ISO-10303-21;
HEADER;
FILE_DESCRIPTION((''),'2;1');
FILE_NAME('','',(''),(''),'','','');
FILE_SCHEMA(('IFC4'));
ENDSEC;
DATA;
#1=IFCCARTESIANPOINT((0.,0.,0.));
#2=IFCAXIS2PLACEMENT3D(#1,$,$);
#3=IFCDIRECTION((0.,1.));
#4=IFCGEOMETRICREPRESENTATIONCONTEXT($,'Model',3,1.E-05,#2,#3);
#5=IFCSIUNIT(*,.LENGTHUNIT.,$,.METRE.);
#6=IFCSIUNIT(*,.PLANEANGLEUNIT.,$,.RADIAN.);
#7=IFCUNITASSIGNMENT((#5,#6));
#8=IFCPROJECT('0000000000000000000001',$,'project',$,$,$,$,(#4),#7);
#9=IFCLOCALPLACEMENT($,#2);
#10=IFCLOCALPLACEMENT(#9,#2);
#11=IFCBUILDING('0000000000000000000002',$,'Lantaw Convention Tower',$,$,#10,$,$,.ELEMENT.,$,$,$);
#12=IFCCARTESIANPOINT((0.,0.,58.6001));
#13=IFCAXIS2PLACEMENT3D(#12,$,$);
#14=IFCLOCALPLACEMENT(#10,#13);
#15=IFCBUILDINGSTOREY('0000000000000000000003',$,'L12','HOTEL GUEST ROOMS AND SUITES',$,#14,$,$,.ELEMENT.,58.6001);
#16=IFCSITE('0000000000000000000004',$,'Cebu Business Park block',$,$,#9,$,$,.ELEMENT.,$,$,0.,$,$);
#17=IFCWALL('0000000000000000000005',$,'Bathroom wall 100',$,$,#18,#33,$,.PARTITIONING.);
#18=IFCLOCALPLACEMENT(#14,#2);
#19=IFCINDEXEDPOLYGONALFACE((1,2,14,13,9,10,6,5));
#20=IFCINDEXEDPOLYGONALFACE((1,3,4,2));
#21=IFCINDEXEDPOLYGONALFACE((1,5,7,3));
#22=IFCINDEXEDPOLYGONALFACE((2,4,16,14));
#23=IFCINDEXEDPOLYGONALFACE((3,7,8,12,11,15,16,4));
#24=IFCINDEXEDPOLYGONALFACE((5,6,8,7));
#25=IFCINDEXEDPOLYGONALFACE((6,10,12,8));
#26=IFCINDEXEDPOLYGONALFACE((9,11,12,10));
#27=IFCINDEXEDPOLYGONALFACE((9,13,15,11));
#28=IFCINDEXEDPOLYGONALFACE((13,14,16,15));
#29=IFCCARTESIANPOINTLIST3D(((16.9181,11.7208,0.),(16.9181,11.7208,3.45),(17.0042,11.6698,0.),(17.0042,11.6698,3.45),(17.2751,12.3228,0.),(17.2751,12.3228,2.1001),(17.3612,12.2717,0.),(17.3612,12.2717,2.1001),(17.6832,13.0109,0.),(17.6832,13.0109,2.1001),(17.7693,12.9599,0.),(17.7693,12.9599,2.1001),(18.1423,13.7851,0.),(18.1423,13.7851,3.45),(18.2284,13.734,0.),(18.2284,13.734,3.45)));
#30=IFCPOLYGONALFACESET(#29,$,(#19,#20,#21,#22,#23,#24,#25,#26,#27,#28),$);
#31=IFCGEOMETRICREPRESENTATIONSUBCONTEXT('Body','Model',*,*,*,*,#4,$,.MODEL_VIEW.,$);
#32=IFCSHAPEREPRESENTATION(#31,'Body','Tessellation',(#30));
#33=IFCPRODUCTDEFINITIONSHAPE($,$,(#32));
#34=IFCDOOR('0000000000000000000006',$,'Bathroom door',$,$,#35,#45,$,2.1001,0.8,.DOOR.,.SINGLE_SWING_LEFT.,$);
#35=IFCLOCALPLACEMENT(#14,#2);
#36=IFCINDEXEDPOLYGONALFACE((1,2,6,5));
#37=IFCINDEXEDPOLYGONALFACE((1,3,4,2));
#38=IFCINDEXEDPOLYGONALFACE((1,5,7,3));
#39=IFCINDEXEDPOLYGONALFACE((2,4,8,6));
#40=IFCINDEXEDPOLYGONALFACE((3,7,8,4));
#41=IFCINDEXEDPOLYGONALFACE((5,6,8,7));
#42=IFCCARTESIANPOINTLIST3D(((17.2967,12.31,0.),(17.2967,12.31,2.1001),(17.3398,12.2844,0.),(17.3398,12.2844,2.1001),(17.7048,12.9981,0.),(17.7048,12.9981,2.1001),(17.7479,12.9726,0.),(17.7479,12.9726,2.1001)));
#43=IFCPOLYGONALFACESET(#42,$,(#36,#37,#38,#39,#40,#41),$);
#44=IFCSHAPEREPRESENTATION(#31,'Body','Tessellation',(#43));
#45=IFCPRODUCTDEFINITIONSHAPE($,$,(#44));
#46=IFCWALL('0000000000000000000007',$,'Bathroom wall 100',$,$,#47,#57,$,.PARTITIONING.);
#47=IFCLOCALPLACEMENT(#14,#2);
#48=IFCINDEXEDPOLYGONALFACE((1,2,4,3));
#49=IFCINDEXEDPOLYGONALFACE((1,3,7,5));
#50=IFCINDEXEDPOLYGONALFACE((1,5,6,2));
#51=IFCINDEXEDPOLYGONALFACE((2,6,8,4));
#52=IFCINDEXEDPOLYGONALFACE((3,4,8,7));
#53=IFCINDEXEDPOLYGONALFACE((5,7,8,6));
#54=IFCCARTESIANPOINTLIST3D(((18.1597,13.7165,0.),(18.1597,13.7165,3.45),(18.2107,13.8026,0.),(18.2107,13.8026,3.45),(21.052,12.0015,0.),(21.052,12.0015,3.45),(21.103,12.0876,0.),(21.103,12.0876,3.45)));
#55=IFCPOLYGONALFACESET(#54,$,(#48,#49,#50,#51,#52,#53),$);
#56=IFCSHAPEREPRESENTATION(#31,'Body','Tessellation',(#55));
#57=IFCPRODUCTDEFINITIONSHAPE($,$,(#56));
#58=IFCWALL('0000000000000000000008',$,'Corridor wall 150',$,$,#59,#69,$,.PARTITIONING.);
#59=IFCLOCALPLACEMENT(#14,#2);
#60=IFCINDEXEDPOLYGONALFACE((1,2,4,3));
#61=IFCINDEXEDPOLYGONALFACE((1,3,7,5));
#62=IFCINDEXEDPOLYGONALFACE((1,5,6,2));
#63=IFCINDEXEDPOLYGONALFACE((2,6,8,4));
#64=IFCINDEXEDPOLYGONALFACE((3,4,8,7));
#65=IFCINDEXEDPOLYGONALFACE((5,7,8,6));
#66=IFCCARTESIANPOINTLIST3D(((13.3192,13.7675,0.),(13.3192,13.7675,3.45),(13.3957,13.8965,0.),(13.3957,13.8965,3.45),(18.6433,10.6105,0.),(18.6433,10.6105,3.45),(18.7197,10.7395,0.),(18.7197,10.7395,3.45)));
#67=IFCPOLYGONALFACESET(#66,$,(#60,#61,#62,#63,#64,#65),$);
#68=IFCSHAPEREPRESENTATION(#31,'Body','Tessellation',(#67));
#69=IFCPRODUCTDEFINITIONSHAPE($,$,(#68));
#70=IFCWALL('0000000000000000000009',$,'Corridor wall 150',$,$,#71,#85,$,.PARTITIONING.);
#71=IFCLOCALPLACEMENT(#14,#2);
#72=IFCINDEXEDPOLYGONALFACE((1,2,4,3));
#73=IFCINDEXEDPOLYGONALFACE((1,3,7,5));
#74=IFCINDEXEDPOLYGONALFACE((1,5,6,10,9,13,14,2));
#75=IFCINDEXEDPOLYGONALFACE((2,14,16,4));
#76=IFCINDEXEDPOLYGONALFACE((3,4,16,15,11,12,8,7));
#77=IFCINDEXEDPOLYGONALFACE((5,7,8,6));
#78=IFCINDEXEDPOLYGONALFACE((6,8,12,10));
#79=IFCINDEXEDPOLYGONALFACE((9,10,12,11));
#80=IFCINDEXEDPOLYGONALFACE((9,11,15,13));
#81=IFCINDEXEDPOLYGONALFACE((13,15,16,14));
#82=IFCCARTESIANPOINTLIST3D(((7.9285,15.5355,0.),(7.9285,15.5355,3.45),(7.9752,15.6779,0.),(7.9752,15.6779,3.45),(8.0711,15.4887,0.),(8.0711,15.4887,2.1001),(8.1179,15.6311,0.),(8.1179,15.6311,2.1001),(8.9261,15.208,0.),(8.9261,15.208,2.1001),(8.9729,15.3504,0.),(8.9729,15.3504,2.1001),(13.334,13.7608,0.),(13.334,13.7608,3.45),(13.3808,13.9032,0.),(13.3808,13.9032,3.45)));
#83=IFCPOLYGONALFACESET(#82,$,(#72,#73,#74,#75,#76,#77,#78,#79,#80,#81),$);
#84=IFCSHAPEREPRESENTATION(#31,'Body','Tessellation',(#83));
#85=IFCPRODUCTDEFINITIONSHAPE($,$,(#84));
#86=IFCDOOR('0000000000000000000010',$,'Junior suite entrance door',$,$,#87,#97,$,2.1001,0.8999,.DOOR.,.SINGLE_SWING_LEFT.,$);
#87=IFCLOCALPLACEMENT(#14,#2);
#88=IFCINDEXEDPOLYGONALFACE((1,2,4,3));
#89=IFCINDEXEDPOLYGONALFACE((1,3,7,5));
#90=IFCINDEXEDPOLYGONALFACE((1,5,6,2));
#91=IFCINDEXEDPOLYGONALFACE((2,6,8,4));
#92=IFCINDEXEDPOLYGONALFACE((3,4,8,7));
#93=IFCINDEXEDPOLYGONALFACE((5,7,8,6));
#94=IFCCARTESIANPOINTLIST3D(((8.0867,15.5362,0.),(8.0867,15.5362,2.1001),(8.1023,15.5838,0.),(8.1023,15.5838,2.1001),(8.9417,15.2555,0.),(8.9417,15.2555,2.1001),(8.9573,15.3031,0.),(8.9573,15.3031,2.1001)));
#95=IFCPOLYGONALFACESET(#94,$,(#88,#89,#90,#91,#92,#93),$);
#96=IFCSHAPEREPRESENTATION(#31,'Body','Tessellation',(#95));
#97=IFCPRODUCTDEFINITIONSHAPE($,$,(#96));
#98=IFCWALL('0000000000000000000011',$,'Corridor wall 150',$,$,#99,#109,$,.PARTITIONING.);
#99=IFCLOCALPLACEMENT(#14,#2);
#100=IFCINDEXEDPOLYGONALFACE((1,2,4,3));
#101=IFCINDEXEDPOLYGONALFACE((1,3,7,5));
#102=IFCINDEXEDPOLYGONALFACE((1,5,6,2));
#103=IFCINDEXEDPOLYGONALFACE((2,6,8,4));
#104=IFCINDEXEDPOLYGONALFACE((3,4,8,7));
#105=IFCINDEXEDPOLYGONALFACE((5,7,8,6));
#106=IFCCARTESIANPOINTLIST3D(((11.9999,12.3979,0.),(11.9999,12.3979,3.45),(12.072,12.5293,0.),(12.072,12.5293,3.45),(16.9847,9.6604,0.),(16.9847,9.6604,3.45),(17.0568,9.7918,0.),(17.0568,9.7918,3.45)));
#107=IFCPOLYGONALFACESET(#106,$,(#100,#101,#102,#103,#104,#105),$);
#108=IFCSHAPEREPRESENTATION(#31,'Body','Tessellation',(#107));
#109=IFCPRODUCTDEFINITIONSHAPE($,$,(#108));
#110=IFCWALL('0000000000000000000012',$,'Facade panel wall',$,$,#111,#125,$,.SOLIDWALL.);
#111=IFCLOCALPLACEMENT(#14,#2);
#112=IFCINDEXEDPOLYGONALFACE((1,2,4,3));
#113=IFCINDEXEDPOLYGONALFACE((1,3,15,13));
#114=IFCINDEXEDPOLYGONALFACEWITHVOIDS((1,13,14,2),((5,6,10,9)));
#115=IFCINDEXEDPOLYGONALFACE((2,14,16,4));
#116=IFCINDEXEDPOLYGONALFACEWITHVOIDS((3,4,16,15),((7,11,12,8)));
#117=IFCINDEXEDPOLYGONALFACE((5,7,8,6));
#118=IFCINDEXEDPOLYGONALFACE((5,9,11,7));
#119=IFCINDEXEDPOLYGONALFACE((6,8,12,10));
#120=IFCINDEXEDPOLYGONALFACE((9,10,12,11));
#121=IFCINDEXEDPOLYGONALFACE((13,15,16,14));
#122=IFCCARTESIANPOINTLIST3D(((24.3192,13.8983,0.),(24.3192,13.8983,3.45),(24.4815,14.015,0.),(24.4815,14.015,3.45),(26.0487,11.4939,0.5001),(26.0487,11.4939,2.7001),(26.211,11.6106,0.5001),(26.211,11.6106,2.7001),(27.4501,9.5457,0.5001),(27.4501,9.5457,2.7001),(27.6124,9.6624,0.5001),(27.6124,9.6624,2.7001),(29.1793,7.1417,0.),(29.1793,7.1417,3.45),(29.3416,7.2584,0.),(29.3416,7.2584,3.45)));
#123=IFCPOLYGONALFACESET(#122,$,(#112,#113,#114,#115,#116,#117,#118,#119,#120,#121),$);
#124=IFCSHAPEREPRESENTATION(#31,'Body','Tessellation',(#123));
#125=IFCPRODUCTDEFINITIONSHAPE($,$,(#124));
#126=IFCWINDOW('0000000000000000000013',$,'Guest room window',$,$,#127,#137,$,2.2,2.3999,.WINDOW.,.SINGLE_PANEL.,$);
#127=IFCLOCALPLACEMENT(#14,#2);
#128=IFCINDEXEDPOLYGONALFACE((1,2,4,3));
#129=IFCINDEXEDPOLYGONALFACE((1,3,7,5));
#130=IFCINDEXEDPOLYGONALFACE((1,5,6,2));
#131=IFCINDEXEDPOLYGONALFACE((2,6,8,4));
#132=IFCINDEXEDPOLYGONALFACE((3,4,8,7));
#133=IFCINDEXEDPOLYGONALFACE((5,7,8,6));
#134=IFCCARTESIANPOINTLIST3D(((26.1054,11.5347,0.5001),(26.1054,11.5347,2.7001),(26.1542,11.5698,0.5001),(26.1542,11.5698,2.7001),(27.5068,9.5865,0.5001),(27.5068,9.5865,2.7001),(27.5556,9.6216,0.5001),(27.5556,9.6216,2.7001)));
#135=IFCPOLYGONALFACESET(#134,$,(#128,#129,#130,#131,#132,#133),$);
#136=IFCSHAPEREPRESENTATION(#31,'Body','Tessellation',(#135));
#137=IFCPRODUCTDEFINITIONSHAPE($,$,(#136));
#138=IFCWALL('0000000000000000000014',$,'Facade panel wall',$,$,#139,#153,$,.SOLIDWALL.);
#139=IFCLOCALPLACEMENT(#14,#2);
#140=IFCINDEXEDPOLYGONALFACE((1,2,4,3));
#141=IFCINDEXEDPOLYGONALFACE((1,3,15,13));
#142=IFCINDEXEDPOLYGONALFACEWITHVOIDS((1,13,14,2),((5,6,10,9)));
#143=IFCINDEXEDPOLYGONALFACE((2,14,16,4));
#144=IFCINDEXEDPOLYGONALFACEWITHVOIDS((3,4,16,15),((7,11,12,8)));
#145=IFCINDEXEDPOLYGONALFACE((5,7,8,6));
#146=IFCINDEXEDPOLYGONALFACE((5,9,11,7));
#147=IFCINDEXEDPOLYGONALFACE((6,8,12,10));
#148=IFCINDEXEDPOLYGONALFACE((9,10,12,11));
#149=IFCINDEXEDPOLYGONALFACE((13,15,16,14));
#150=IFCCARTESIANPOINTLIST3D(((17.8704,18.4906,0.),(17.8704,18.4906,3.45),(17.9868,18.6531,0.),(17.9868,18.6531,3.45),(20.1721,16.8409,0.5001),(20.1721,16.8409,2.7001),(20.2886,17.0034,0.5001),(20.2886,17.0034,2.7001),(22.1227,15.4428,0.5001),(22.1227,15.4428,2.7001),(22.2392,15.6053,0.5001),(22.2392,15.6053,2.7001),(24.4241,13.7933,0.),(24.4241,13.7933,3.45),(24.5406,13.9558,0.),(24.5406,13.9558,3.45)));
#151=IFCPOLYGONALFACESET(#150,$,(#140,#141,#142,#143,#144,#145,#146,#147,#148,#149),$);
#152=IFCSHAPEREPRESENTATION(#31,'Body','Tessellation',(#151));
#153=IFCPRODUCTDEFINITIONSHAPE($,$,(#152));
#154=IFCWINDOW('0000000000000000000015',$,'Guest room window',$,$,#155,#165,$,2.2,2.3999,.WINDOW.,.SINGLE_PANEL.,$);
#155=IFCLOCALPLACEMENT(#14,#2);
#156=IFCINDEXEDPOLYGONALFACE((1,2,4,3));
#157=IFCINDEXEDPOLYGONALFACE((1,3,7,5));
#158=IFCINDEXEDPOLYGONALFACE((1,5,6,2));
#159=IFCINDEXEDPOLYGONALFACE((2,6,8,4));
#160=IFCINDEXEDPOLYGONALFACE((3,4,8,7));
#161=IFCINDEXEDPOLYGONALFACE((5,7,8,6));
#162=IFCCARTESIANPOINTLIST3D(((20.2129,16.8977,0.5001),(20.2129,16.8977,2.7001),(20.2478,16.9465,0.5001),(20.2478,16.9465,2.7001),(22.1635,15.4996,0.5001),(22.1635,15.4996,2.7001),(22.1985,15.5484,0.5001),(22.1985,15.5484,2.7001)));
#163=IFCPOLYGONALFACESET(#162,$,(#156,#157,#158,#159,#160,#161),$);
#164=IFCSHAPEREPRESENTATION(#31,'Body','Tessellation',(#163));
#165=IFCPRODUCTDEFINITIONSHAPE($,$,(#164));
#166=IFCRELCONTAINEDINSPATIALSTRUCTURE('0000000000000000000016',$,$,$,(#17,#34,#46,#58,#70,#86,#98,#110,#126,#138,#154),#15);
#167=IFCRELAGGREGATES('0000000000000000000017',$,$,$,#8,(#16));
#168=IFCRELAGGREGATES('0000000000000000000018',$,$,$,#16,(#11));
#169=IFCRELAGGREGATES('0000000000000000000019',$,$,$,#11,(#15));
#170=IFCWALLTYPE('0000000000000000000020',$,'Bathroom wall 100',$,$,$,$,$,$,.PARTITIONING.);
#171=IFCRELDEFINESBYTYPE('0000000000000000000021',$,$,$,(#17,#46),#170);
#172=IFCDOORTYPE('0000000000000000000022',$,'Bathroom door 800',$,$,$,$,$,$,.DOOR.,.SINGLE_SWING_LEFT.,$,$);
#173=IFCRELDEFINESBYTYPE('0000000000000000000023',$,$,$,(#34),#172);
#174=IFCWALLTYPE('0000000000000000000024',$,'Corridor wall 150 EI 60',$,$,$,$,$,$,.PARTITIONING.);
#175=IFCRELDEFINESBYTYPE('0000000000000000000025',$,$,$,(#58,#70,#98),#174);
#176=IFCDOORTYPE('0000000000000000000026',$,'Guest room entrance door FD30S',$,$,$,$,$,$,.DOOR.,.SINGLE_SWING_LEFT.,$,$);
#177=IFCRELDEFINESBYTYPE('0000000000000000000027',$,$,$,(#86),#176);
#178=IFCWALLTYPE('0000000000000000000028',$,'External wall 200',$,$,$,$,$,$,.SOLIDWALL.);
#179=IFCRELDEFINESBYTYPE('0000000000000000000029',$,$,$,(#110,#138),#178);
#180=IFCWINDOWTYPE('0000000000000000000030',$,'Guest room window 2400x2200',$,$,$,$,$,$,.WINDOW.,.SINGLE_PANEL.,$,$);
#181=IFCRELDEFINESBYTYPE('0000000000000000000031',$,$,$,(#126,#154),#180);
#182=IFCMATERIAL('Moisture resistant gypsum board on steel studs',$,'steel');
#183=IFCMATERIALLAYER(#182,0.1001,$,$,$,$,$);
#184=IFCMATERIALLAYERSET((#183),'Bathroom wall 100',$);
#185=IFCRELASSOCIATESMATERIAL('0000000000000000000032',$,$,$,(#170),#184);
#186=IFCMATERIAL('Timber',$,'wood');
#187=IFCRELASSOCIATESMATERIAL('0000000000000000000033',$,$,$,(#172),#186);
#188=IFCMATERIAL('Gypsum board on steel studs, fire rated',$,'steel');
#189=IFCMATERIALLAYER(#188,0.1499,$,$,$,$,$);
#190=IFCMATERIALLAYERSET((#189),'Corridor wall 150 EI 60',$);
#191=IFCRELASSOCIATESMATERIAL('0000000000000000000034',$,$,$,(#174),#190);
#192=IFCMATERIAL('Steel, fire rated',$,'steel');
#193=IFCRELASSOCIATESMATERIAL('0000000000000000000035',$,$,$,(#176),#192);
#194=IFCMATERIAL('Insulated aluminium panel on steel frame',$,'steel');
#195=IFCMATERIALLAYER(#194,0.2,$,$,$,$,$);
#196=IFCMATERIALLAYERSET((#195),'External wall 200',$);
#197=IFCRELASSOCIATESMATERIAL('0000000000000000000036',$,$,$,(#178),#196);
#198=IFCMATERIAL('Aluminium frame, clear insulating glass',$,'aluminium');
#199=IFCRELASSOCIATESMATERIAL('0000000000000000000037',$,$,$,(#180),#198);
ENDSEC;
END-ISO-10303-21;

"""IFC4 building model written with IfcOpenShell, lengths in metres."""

from ifc_helpers import new_model, si_unit, direction, frame, frame_2d, origin, place, context, subcontext, project, spatial, rectangle, extrude, material, layer, layer_set, type_object, element, fill, save


model = new_model("IFC4")

# Units and contexts
model_context = context("Model", 3, precision=1e-05, world=origin(), true_north=direction((0.0, 1.0)))
body_context = subcontext(model_context, "Body", "Model", "MODEL_VIEW")
ifc_project = project(units=[si_unit("LENGTHUNIT", "METRE"), si_unit("PLANEANGLEUNIT", "RADIAN")], contexts=[model_context])

# Site, building, storey
site_placement = place(None, origin())
site = spatial("IfcSite", under=ifc_project, at=site_placement, Name="Cebu Business Park block", CompositionType="ELEMENT", RefElevation=0.0)
building_placement = place(site_placement, origin())
building = spatial("IfcBuilding", under=site, at=building_placement, Name="Lantaw Convention Tower", CompositionType="ELEMENT")
storey_placement = place(building_placement, frame((0.0, 0.0, 58.6001)))
storey = spatial("IfcBuildingStorey", under=building, at=storey_placement, Name="L12", Description="HOTEL GUEST ROOMS AND SUITES", CompositionType="ELEMENT", Elevation=58.6001)

# Wall, opening, door
ifc_material_1 = material(Name="Moisture resistant gypsum board on steel studs", Category="steel")
ifc_layer_1 = layer(ifc_material_1, 0.1001)
ifc_layer_set_1 = layer_set([ifc_layer_1], Name="Bathroom wall 100")
wall_type_1 = type_object("IfcWallType", Name="Bathroom wall 100", PredefinedType="PARTITIONING", material=ifc_layer_set_1)
wall_1_placement = place(storey_placement, frame((16.9612, 11.6953, 0.0), z_axis=(0.0, 0.0, 1.0), x_axis=(0.510076, 0.86013, 0.0)))
wall_1 = element("IfcWall", 1, at=wall_1_placement, inside=storey, type_object=wall_type_1, Name="Bathroom wall 100", PredefinedType="PARTITIONING", context=body_context, shape_type="SweptSolid", body=[
    extrude(rectangle(XDim=2.3999, YDim=0.1001, at=frame_2d((1.2, 0.0))), origin(), (0.0, 0.0, 1.0), 3.45),
])
opening_1_placement = place(wall_1_placement, frame((0.7, 0.0, 0.0)))
opening_1 = element("IfcOpeningElement", 2, at=opening_1_placement, cuts=wall_1, PredefinedType="OPENING", context=body_context, shape_type="SweptSolid", body=[
    extrude(rectangle(XDim=0.8, YDim=2.1001, at=frame_2d((0.3999, 1.05))), frame((0.0, 0.0601, 0.0), z_axis=(0.0, -1.0, 0.0), x_axis=(1.0, 0.0, 0.0)), (0.0, 0.0, 1.0), 0.1201),
])
ifc_material_2 = material(Name="Timber", Category="wood")
door_type_1 = type_object("IfcDoorType", Name="Bathroom door 800", OperationType="SINGLE_SWING_LEFT", PredefinedType="DOOR", material=ifc_material_2)
door_1_placement = place(opening_1_placement, origin())
door_1 = element("IfcDoor", 3, at=door_1_placement, inside=storey, type_object=door_type_1, Name="Bathroom door", OperationType="SINGLE_SWING_LEFT", OverallHeight=2.1001, OverallWidth=0.8, PredefinedType="DOOR", context=body_context, shape_type="SweptSolid", body=[
    extrude(rectangle(XDim=0.8, YDim=2.1001, at=frame_2d((0.3999, 1.05))), frame((0.0, 0.0249, 0.0), z_axis=(0.0, -1.0, 0.0), x_axis=(1.0, 0.0, 0.0)), (0.0, 0.0, 1.0), 0.05),
])
fill(opening_1, door_1)

# Walls
wall_2_placement = place(storey_placement, frame((18.1853, 13.7595, 0.0), z_axis=(0.0, 0.0, 1.0), x_axis=(0.860146, -0.510047, 0.0)))
element("IfcWall", 4, at=wall_2_placement, inside=storey, type_object=wall_type_1, Name="Bathroom wall 100", PredefinedType="PARTITIONING", context=body_context, shape_type="SweptSolid", body=[
    extrude(rectangle(XDim=3.3625, YDim=0.1001, at=frame_2d((1.6812, 0.0))), origin(), (0.0, 0.0, 1.0), 3.45),
])
ifc_material_3 = material(Name="Gypsum board on steel studs, fire rated", Category="steel")
ifc_layer_2 = layer(ifc_material_3, 0.1499)
ifc_layer_set_2 = layer_set([ifc_layer_2], Name="Corridor wall 150 EI 60")
wall_type_2 = type_object("IfcWallType", Name="Corridor wall 150 EI 60", PredefinedType="PARTITIONING", material=ifc_layer_set_2)
wall_3_placement = place(storey_placement, frame((18.6814, 10.675, 0.0), z_axis=(0.0, 0.0, 1.0), x_axis=(-0.860147, 0.510046, 0.0)))
element("IfcWall", 5, at=wall_3_placement, inside=storey, type_object=wall_type_2, Name="Corridor wall 150", PredefinedType="PARTITIONING", context=body_context, shape_type="SweptSolid", body=[
    extrude(rectangle(XDim=6.1897, YDim=0.1499, at=frame_2d((3.0947, 0.0))), origin(), (0.0, 0.0, 1.0), 3.45),
])

# Wall, opening, door
wall_4_placement = place(storey_placement, frame((13.3574, 13.832, 0.0), z_axis=(0.0, 0.0, 1.0), x_axis=(-0.950107, 0.311925, 0.0)))
wall_4 = element("IfcWall", 6, at=wall_4_placement, inside=storey, type_object=wall_type_2, Name="Corridor wall 150", PredefinedType="PARTITIONING", context=body_context, shape_type="SweptSolid", body=[
    extrude(rectangle(XDim=5.6895, YDim=0.1499, at=frame_2d((2.8447, 0.0))), origin(), (0.0, 0.0, 1.0), 3.45),
])
opening_2_placement = place(wall_4_placement, frame((4.6394, 0.0, 0.0)))
opening_2 = element("IfcOpeningElement", 7, at=opening_2_placement, cuts=wall_4, PredefinedType="OPENING", context=body_context, shape_type="SweptSolid", body=[
    extrude(rectangle(XDim=0.8999, YDim=2.1001, at=frame_2d((0.45, 1.05))), frame((0.0, 0.085, 0.0), z_axis=(0.0, -1.0, 0.0), x_axis=(1.0, 0.0, 0.0)), (0.0, 0.0, 1.0), 0.1699),
])
ifc_material_4 = material(Name="Steel, fire rated", Category="steel")
door_type_2 = type_object("IfcDoorType", Name="Guest room entrance door FD30S", OperationType="SINGLE_SWING_LEFT", PredefinedType="DOOR", material=ifc_material_4)
door_2_placement = place(opening_2_placement, origin())
door_2 = element("IfcDoor", 8, at=door_2_placement, inside=storey, type_object=door_type_2, Name="Junior suite entrance door", OperationType="SINGLE_SWING_LEFT", OverallHeight=2.1001, OverallWidth=0.8999, PredefinedType="DOOR", context=body_context, shape_type="SweptSolid", body=[
    extrude(rectangle(XDim=0.8999, YDim=2.1001, at=frame_2d((0.45, 1.05))), frame((0.0, 0.0249, 0.0), z_axis=(0.0, -1.0, 0.0), x_axis=(1.0, 0.0, 0.0)), (0.0, 0.0, 1.0), 0.05),
])
fill(opening_2, door_2)

# Wall
wall_5_placement = place(storey_placement, frame((17.0208, 9.7261, 0.0), z_axis=(0.0, 0.0, 1.0), x_axis=(-0.876522, 0.481362, 0.0)))
element("IfcWall", 9, at=wall_5_placement, inside=storey, type_object=wall_type_2, Name="Corridor wall 150", PredefinedType="PARTITIONING", context=body_context, shape_type="SweptSolid", body=[
    extrude(rectangle(XDim=5.687, YDim=0.1499, at=frame_2d((2.8435, 0.0))), origin(), (0.0, 0.0, 1.0), 3.45),
])

# Walls, openings, windows
ifc_material_5 = material(Name="Insulated aluminium panel on steel frame", Category="steel")
ifc_layer_3 = layer(ifc_material_5, 0.2)
ifc_layer_set_3 = layer_set([ifc_layer_3], Name="External wall 200")
wall_type_3 = type_object("IfcWallType", Name="External wall 200", PredefinedType="SOLIDWALL", material=ifc_layer_set_3)
wall_6_placement = place(storey_placement, frame((29.2605, 7.2, 0.0), z_axis=(0.0, 0.0, 1.0), x_axis=(-0.583938, 0.811799, 0.0)))
wall_6 = element("IfcWall", 10, at=wall_6_placement, inside=storey, type_object=wall_type_3, Name="Facade panel wall", PredefinedType="SOLIDWALL", context=body_context, shape_type="SweptSolid", body=[
    extrude(rectangle(XDim=8.323, YDim=0.2, at=frame_2d((4.1616, 0.0))), origin(), (0.0, 0.0, 1.0), 3.45),
])
opening_3_placement = place(wall_6_placement, frame((2.9614, 0.0, 0.5)))
opening_3 = element("IfcOpeningElement", 11, at=opening_3_placement, cuts=wall_6, PredefinedType="OPENING", context=body_context, shape_type="SweptSolid", body=[
    extrude(rectangle(XDim=2.3999, YDim=2.2, at=frame_2d((1.2, 1.1001))), frame((0.0, 0.1099, 0.0), z_axis=(0.0, -1.0, 0.0), x_axis=(1.0, 0.0, 0.0)), (0.0, 0.0, 1.0), 0.22),
])
ifc_material_6 = material(Name="Aluminium frame, clear insulating glass", Category="aluminium")
window_type = type_object("IfcWindowType", Name="Guest room window 2400x2200", PartitioningType="SINGLE_PANEL", PredefinedType="WINDOW", material=ifc_material_6)
window_1_placement = place(opening_3_placement, origin())
window_1 = element("IfcWindow", 12, at=window_1_placement, inside=storey, type_object=window_type, Name="Guest room window", OverallHeight=2.2, OverallWidth=2.3999, PartitioningType="SINGLE_PANEL", PredefinedType="WINDOW", context=body_context, shape_type="SweptSolid", body=[
    extrude(rectangle(XDim=2.3999, YDim=2.2, at=frame_2d((1.2, 1.1001))), frame((0.0, 0.03, 0.0), z_axis=(0.0, -1.0, 0.0), x_axis=(1.0, 0.0, 0.0)), (0.0, 0.0, 1.0), 0.0601),
])
fill(opening_3, window_1)
wall_7_placement = place(storey_placement, frame((24.4824, 13.8745, 0.0), z_axis=(0.0, 0.0, 1.0), x_axis=(-0.812791, 0.582555, 0.0)))
wall_7 = element("IfcWall", 13, at=wall_7_placement, inside=storey, type_object=wall_type_3, Name="Facade panel wall", PredefinedType="SOLIDWALL", context=body_context, shape_type="SweptSolid", body=[
    extrude(rectangle(XDim=8.0632, YDim=0.2, at=frame_2d((4.0317, 0.0))), origin(), (0.0, 0.0, 1.0), 3.45),
])
opening_4_placement = place(wall_7_placement, frame((2.8315, 0.0, 0.5)))
opening_4 = element("IfcOpeningElement", 14, at=opening_4_placement, cuts=wall_7, PredefinedType="OPENING", context=body_context, shape_type="SweptSolid", body=[
    extrude(rectangle(XDim=2.3999, YDim=2.2, at=frame_2d((1.2, 1.1001))), frame((0.0, 0.1099, 0.0), z_axis=(0.0, -1.0, 0.0), x_axis=(1.0, 0.0, 0.0)), (0.0, 0.0, 1.0), 0.22),
])
window_2_placement = place(opening_4_placement, origin())
window_2 = element("IfcWindow", 15, at=window_2_placement, inside=storey, type_object=window_type, Name="Guest room window", OverallHeight=2.2, OverallWidth=2.3999, PartitioningType="SINGLE_PANEL", PredefinedType="WINDOW", context=body_context, shape_type="SweptSolid", body=[
    extrude(rectangle(XDim=2.3999, YDim=2.2, at=frame_2d((1.2, 1.1001))), frame((0.0, 0.03, 0.0), z_axis=(0.0, -1.0, 0.0), x_axis=(1.0, 0.0, 0.0)), (0.0, 0.0, 1.0), 0.0601),
])
fill(opening_4, window_2)

save(model, "model.ifc")
